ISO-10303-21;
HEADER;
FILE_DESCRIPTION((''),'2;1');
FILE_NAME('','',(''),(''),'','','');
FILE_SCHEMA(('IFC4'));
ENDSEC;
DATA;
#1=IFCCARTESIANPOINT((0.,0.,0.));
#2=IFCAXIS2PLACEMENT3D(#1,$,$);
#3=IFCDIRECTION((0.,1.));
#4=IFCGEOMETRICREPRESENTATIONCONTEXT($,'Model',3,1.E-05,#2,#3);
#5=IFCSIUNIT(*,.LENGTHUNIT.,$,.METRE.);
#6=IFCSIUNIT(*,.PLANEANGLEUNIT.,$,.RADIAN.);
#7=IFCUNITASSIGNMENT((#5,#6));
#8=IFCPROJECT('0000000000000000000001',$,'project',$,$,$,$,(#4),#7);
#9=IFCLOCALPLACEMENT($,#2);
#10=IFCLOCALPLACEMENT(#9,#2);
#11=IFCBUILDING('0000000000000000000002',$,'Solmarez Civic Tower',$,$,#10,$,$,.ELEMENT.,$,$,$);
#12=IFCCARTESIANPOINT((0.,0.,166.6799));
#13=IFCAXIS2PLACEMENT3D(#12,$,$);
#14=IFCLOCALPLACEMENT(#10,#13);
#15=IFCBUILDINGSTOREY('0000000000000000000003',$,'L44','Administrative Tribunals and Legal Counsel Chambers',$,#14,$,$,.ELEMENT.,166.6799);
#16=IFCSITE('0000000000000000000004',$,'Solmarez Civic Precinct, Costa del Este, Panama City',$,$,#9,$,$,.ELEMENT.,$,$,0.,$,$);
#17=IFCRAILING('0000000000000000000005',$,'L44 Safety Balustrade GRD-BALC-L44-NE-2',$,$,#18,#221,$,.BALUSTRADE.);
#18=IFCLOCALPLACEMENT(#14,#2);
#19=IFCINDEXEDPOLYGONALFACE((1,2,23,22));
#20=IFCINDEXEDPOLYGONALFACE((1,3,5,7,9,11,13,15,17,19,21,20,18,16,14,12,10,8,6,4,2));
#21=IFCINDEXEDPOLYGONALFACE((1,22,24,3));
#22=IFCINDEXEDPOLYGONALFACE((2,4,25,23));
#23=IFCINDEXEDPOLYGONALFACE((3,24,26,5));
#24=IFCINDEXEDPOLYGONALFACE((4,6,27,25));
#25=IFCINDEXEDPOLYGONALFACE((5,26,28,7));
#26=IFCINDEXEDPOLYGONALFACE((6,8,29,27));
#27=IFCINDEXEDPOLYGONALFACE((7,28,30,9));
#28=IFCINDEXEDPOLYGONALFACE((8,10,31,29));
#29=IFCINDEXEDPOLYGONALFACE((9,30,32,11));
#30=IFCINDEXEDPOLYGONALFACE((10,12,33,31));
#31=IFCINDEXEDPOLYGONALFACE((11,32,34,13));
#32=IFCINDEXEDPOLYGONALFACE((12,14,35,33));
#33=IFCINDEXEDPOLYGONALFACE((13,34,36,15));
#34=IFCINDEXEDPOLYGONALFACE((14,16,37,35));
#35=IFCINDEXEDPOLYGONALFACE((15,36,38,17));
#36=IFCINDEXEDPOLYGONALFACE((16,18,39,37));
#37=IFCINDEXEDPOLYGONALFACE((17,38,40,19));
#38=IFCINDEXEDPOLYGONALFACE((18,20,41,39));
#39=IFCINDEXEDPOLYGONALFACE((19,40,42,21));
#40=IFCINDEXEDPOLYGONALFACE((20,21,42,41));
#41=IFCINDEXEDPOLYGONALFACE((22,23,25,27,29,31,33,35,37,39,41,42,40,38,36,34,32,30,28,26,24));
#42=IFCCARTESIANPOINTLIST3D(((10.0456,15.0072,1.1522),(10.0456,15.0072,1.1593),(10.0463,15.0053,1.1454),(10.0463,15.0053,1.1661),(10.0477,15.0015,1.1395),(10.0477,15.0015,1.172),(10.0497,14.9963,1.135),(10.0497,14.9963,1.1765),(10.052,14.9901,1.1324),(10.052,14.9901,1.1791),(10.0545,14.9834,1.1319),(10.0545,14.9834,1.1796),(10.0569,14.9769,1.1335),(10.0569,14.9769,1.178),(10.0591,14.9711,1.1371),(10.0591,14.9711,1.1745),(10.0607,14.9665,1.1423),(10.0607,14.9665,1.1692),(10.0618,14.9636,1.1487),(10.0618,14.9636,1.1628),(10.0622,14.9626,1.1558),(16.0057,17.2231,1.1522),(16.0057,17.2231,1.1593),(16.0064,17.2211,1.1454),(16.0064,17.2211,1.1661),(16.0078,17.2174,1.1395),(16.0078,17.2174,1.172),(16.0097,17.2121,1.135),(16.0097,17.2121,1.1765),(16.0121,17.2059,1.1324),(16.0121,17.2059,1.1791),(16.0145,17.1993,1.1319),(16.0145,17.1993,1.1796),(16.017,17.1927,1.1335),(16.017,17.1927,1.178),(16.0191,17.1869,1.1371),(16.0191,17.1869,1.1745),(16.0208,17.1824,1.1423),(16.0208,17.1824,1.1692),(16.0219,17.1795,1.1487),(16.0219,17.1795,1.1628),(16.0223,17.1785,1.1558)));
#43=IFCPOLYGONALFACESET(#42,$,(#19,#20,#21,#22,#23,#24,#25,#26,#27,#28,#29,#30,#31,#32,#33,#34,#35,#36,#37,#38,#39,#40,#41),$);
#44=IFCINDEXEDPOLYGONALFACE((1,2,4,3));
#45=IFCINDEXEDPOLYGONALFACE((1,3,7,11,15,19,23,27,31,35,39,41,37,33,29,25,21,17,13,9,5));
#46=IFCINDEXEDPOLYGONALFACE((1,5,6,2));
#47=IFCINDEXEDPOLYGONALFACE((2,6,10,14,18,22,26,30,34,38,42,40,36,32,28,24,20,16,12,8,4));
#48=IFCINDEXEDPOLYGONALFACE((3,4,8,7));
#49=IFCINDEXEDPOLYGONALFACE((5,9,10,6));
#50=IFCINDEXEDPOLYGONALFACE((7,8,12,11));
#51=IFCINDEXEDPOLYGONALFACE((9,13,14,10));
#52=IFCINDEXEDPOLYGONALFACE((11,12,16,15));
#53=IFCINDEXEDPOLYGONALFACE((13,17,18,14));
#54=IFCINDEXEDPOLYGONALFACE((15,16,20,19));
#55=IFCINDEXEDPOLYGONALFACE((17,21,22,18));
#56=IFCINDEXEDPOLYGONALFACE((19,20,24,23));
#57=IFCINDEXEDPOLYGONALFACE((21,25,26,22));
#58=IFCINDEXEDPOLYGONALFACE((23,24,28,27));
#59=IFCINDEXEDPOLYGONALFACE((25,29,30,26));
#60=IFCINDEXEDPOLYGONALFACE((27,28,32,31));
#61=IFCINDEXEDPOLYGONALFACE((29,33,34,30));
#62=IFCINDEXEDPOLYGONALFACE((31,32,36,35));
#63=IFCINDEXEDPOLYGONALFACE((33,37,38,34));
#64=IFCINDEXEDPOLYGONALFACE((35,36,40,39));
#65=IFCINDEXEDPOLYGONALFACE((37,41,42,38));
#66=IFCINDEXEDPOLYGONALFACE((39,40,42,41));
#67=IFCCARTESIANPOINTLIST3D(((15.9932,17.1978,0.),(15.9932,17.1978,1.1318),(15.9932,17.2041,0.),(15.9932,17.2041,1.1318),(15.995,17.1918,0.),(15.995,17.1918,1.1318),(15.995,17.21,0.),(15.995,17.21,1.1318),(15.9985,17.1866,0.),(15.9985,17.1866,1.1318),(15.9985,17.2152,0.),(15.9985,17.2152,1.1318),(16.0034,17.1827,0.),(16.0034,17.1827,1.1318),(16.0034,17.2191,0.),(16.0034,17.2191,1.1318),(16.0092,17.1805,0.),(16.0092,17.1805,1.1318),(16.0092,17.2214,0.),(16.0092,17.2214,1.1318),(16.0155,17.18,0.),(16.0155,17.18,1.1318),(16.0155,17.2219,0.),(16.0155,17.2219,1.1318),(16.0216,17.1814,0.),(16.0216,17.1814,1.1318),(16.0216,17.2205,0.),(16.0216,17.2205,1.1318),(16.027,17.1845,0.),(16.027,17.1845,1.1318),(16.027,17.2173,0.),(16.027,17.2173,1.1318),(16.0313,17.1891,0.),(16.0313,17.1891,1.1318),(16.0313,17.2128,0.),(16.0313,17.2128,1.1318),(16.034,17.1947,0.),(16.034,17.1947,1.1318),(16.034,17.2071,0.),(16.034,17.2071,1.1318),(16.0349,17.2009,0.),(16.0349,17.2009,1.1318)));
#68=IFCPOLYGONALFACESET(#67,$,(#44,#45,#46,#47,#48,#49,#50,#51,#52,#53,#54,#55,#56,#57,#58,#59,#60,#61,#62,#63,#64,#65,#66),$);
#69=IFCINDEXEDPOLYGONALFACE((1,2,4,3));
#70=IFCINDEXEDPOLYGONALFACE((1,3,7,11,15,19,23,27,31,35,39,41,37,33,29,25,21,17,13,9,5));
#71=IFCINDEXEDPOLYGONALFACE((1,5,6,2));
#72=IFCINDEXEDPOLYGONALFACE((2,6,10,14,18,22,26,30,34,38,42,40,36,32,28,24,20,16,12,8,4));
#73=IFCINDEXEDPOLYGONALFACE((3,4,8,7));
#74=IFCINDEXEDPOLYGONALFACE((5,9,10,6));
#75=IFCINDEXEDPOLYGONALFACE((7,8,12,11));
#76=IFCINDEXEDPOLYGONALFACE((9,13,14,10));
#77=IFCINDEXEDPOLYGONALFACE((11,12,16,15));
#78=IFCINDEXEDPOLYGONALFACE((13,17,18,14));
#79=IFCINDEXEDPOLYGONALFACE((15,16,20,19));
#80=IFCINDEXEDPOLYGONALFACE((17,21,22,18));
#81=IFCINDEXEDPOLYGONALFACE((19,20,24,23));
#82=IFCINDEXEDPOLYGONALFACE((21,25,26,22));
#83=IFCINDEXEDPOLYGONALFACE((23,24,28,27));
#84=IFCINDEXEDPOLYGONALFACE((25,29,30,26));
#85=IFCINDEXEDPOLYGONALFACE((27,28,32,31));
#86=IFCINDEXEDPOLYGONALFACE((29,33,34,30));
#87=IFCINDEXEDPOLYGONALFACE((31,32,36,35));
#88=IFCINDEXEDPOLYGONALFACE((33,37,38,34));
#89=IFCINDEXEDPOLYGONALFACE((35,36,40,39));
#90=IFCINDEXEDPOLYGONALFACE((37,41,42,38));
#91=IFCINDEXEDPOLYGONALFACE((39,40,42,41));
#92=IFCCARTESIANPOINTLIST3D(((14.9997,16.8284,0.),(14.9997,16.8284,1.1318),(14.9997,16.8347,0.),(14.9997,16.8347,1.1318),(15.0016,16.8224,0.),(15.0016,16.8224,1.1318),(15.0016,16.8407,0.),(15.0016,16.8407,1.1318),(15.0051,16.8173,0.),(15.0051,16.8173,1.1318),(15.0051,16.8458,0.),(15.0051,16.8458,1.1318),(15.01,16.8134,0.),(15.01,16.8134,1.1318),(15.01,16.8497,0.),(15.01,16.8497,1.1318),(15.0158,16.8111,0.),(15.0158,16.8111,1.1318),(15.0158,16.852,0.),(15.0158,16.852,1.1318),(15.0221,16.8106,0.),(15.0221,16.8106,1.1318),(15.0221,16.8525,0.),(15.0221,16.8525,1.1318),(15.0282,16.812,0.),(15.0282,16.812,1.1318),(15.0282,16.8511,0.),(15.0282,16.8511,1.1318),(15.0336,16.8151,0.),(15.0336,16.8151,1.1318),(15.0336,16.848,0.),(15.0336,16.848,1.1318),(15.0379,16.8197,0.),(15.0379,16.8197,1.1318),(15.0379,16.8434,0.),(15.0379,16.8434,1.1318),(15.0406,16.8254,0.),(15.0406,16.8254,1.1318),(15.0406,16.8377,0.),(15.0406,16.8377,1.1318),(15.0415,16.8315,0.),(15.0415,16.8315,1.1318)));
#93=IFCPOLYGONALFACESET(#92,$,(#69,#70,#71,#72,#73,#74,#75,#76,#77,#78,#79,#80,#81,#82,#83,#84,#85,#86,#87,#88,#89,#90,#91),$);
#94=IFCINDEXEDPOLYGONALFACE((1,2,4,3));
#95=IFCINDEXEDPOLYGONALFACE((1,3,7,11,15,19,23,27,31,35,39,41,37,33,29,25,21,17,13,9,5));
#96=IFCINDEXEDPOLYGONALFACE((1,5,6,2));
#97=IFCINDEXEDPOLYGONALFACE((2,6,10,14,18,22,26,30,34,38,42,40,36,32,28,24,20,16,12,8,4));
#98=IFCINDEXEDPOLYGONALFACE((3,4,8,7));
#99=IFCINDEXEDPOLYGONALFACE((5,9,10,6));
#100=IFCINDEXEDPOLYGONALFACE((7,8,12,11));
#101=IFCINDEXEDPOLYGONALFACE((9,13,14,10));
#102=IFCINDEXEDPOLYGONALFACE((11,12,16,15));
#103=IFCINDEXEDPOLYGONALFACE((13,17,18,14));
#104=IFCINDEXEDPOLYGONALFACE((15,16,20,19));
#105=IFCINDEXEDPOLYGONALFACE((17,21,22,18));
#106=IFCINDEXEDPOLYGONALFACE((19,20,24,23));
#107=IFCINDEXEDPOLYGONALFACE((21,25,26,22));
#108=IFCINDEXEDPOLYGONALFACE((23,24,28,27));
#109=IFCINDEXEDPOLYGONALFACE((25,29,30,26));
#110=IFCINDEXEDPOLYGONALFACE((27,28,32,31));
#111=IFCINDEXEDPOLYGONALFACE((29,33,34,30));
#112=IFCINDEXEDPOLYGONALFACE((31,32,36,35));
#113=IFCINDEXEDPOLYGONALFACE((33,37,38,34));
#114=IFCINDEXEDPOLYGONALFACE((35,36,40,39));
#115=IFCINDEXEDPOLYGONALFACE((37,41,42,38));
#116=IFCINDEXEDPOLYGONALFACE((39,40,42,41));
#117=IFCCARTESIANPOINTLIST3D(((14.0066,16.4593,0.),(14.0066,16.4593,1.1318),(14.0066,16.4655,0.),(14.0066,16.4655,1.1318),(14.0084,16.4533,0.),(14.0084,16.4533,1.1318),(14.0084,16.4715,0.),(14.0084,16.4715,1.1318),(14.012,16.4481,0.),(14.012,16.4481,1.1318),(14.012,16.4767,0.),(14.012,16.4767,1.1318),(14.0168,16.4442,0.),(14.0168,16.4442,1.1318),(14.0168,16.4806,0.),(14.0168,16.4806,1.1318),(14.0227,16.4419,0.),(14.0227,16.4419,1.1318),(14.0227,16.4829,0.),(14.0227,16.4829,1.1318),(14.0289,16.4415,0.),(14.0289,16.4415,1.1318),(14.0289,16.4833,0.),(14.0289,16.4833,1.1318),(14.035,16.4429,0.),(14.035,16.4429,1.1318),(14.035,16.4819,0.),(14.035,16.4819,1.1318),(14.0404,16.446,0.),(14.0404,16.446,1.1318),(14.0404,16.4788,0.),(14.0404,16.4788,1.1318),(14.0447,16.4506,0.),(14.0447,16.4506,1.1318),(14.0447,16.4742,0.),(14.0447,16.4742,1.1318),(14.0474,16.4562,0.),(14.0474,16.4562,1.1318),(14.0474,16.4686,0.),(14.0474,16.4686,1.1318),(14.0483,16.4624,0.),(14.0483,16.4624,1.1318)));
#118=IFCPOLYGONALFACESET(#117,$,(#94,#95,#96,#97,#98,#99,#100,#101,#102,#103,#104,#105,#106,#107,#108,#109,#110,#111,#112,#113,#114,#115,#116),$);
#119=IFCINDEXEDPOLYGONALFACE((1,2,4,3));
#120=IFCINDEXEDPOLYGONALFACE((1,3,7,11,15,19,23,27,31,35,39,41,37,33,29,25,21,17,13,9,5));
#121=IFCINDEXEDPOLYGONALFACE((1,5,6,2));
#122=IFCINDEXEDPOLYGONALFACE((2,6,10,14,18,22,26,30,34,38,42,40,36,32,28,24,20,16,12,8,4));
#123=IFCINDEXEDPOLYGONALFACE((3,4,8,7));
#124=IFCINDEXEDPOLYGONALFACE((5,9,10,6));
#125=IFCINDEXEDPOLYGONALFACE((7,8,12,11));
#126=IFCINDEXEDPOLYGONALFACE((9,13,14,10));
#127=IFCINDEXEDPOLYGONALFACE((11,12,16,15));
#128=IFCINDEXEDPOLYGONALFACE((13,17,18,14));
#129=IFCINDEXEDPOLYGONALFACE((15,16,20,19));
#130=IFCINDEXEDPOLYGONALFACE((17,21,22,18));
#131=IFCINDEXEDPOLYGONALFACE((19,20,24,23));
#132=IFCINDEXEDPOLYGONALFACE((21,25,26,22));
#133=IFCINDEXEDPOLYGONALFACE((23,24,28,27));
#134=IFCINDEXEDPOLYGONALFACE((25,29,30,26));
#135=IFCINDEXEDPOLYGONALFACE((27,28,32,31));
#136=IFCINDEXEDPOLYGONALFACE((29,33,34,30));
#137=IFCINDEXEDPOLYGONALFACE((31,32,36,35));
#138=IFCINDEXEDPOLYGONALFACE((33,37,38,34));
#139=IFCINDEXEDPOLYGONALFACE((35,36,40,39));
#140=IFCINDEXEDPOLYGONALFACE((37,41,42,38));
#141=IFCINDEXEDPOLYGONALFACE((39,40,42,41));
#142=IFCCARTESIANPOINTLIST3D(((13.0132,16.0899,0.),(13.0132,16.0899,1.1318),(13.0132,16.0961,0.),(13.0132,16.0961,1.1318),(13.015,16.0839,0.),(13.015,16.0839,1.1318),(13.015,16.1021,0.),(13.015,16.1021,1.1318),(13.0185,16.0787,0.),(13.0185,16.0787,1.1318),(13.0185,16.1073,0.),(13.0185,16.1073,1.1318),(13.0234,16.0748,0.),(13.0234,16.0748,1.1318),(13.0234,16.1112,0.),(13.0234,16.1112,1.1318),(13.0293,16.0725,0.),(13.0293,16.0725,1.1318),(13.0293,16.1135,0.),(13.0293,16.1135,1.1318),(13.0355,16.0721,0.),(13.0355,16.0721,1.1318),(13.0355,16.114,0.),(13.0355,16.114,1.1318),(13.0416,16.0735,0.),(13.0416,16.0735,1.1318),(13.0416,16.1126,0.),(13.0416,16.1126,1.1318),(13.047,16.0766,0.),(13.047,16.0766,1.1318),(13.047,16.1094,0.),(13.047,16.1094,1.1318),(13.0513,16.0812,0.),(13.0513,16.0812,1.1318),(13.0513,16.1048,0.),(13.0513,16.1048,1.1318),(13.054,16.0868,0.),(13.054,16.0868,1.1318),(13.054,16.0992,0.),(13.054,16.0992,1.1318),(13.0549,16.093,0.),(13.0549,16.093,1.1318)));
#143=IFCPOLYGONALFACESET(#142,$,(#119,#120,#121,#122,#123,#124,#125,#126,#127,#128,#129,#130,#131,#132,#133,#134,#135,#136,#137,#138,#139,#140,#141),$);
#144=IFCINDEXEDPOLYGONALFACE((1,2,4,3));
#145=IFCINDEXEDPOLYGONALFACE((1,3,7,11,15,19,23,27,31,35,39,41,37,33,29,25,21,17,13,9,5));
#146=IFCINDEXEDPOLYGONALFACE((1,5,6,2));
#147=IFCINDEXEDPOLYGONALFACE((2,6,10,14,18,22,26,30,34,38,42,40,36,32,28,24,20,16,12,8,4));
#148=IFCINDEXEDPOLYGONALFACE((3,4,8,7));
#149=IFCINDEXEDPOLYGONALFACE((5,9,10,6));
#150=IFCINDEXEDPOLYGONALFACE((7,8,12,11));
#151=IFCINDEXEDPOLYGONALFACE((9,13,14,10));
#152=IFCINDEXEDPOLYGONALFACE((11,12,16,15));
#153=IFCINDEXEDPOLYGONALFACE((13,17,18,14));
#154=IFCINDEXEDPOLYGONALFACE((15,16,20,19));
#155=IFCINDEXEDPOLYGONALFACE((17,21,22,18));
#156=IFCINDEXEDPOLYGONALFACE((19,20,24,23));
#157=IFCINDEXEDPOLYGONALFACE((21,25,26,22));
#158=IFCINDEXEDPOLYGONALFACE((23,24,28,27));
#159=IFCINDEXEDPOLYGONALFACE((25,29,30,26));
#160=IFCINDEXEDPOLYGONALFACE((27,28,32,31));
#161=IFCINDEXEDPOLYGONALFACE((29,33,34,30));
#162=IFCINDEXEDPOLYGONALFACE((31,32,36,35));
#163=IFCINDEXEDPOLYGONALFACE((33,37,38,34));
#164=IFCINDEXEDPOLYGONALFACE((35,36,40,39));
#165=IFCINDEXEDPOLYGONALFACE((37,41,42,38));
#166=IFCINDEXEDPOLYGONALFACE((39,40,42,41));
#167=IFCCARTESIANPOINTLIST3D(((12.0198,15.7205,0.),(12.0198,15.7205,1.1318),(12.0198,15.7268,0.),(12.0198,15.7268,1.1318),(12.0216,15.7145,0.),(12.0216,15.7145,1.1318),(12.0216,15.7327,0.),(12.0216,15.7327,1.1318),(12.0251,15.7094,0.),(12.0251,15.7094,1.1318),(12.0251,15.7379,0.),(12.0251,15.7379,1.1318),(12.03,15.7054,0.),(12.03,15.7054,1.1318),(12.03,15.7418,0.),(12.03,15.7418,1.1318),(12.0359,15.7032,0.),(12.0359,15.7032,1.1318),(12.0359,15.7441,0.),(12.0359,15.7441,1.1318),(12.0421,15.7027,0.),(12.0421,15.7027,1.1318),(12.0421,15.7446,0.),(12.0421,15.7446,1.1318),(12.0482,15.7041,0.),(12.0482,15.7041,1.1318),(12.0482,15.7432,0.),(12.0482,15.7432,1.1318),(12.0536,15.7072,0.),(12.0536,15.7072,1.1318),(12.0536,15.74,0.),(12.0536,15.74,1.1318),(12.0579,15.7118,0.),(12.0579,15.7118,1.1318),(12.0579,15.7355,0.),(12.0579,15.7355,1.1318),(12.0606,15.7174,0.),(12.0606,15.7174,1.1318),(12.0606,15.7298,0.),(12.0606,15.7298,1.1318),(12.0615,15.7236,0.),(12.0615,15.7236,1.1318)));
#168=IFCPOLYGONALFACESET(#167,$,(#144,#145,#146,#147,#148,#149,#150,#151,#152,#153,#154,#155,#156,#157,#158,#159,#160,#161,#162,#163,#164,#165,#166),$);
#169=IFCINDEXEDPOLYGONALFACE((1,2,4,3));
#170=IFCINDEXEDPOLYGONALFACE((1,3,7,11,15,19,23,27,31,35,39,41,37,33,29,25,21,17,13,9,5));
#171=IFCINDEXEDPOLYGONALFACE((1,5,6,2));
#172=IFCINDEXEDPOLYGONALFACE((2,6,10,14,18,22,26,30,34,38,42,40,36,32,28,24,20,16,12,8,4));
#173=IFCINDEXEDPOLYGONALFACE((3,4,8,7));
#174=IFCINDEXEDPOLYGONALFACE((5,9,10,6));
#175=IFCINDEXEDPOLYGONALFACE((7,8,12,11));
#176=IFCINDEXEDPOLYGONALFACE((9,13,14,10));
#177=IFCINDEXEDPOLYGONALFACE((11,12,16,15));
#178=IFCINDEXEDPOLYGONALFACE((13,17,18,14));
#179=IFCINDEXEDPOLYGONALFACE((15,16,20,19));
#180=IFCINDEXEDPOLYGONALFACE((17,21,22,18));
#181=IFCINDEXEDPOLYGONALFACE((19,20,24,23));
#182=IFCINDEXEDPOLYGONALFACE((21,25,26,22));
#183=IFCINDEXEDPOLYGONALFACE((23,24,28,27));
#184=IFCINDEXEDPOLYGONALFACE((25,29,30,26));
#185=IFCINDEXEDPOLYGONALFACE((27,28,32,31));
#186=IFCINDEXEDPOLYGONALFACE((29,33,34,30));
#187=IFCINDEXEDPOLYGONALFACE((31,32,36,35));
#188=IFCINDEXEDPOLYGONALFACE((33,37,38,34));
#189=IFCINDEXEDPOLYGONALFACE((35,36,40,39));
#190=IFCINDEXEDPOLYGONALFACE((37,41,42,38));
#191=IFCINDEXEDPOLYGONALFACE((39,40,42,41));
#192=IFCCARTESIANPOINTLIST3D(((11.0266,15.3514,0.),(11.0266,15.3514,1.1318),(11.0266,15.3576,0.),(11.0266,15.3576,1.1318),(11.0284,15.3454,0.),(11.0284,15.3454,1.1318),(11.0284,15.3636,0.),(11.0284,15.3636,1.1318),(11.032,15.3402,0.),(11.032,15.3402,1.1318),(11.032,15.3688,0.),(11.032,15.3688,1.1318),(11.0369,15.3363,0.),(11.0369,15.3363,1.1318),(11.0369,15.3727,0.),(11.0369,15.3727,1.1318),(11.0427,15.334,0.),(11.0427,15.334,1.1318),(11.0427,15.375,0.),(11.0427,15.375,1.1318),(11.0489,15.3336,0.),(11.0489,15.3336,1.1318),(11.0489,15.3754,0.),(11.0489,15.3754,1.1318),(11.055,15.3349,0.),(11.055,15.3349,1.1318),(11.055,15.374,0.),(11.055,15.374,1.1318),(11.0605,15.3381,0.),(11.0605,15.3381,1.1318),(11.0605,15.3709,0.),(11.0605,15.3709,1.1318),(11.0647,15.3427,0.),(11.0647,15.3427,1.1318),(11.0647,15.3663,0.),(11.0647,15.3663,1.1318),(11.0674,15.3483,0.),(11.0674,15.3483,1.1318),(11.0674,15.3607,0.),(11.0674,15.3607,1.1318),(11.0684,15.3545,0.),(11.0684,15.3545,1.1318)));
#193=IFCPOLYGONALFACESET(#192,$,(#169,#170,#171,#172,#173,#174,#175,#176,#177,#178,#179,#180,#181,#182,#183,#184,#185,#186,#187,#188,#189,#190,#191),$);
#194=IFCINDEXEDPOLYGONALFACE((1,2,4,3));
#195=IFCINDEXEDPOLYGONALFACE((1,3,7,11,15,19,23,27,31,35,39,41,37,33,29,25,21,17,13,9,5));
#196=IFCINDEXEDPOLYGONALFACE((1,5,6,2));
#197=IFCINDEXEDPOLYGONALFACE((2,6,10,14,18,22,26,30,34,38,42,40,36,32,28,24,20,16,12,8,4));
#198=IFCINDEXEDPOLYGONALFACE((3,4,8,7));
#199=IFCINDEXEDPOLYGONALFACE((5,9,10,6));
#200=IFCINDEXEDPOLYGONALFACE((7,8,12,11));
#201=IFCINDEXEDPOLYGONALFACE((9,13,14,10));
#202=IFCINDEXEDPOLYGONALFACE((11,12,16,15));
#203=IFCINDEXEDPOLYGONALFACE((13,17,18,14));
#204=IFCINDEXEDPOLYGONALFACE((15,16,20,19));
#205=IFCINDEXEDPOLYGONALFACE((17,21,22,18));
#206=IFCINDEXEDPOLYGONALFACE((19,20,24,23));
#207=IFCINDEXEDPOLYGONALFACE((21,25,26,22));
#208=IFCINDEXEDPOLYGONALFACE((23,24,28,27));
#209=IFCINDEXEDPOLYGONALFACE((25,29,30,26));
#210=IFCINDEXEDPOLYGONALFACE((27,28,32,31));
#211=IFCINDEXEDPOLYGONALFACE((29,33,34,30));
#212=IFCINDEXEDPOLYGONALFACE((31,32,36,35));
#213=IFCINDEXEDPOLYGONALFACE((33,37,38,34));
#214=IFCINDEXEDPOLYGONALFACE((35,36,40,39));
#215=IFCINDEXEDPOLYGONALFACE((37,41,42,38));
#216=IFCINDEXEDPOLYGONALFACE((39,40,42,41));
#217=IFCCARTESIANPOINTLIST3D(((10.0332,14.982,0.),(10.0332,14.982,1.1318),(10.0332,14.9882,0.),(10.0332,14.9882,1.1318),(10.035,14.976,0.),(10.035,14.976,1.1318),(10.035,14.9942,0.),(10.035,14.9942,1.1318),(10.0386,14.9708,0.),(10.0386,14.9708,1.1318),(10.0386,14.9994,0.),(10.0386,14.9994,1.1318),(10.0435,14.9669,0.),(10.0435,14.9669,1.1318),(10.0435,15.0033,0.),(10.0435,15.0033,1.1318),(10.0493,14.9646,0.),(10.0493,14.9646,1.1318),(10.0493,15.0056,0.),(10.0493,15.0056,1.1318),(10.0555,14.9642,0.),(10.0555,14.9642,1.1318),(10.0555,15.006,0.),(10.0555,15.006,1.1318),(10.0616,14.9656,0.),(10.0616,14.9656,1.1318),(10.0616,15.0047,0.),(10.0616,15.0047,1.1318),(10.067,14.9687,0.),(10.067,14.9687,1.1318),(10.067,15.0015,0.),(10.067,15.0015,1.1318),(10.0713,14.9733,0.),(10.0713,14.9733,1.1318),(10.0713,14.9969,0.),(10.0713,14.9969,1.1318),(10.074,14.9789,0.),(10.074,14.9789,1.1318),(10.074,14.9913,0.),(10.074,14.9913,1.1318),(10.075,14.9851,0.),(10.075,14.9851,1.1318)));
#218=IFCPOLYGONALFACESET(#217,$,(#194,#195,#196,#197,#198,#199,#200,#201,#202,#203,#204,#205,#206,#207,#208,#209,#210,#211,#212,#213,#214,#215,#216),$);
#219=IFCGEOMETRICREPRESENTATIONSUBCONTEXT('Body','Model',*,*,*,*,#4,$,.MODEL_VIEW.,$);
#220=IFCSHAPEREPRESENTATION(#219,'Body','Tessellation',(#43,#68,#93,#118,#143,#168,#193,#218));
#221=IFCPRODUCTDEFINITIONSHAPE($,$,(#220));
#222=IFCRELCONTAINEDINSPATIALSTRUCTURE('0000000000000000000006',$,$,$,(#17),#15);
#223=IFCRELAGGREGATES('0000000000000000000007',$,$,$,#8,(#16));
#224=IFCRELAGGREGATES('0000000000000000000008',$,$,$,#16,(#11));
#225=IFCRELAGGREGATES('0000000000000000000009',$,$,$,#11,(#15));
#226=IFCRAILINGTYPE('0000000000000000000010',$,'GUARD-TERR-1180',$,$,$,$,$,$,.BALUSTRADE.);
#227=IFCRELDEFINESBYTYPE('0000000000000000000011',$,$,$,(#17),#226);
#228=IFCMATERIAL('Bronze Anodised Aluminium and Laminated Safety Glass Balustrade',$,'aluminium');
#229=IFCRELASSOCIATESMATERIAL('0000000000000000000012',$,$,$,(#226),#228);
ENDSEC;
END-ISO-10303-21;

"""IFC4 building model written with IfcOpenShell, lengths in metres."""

from ifc_helpers import new_model, si_unit, direction, frame, origin, origin_2d, place, context, subcontext, project, spatial, circle, extrude, material, type_object, element, save


model = new_model("IFC4")

# Units and contexts
model_context = context("Model", 3, precision=1e-05, world=origin(), true_north=direction((0.0, 1.0)))
body_context = subcontext(model_context, "Body", "Model", "MODEL_VIEW")
ifc_project = project(units=[si_unit("LENGTHUNIT", "METRE"), si_unit("PLANEANGLEUNIT", "RADIAN")], contexts=[model_context])

# Site, building, storey
site_placement = place(None, origin())
site = spatial("IfcSite", under=ifc_project, at=site_placement, Name="Solmarez Civic Precinct, Costa del Este, Panama City", CompositionType="ELEMENT", RefElevation=0.0)
building_placement = place(site_placement, origin())
building = spatial("IfcBuilding", under=site, at=building_placement, Name="Solmarez Civic Tower", CompositionType="ELEMENT")
storey_placement = place(building_placement, frame((0.0, 0.0, 166.6799)))
storey = spatial("IfcBuildingStorey", under=building, at=storey_placement, Name="L44", Description="Administrative Tribunals and Legal Counsel Chambers", CompositionType="ELEMENT", Elevation=166.6799)

# Railing
ifc_material_1 = material(Name="Bronze Anodised Aluminium and Laminated Safety Glass Balustrade", Category="aluminium")
railing_type = type_object("IfcRailingType", Name="GUARD-TERR-1180", PredefinedType="BALUSTRADE", material=ifc_material_1)
railing_1_placement = place(storey_placement, frame((16.0139, 17.2009, 0.0)))
element("IfcRailing", 1, at=railing_1_placement, inside=storey, type_object=railing_type, Name="L44 Safety Balustrade GRD-BALC-L44-NE-2", PredefinedType="BALUSTRADE", context=body_context, shape_type="SweptSolid", body=[
    extrude(circle(Radius=0.0239, at=origin_2d()), frame((0.0, 0.0, 1.1558), z_axis=(-0.937316, -0.34848, 0.0), x_axis=(0.34848, -0.937316, 0.0)), (0.0, 0.0, 1.0), 6.3586),
    extrude(circle(Radius=0.021, at=origin_2d()), origin(), (0.0, 0.0, 1.0), 1.1318),
    extrude(circle(Radius=0.021, at=origin_2d()), frame((-0.9934, -0.3694, 0.0)), (0.0, 0.0, 1.0), 1.1318),
    extrude(circle(Radius=0.021, at=origin_2d()), frame((-1.9866, -0.7385, 0.0)), (0.0, 0.0, 1.0), 1.1318),
    extrude(circle(Radius=0.021, at=origin_2d()), frame((-2.98, -1.1079, 0.0)), (0.0, 0.0, 1.0), 1.1318),
    extrude(circle(Radius=0.021, at=origin_2d()), frame((-3.9734, -1.4773, 0.0)), (0.0, 0.0, 1.0), 1.1318),
    extrude(circle(Radius=0.021, at=origin_2d()), frame((-4.9666, -1.8464, 0.0)), (0.0, 0.0, 1.0), 1.1318),
    extrude(circle(Radius=0.021, at=origin_2d()), frame((-5.96, -2.2158, 0.0)), (0.0, 0.0, 1.0), 1.1318),
])

save(model, "model.ifc")
